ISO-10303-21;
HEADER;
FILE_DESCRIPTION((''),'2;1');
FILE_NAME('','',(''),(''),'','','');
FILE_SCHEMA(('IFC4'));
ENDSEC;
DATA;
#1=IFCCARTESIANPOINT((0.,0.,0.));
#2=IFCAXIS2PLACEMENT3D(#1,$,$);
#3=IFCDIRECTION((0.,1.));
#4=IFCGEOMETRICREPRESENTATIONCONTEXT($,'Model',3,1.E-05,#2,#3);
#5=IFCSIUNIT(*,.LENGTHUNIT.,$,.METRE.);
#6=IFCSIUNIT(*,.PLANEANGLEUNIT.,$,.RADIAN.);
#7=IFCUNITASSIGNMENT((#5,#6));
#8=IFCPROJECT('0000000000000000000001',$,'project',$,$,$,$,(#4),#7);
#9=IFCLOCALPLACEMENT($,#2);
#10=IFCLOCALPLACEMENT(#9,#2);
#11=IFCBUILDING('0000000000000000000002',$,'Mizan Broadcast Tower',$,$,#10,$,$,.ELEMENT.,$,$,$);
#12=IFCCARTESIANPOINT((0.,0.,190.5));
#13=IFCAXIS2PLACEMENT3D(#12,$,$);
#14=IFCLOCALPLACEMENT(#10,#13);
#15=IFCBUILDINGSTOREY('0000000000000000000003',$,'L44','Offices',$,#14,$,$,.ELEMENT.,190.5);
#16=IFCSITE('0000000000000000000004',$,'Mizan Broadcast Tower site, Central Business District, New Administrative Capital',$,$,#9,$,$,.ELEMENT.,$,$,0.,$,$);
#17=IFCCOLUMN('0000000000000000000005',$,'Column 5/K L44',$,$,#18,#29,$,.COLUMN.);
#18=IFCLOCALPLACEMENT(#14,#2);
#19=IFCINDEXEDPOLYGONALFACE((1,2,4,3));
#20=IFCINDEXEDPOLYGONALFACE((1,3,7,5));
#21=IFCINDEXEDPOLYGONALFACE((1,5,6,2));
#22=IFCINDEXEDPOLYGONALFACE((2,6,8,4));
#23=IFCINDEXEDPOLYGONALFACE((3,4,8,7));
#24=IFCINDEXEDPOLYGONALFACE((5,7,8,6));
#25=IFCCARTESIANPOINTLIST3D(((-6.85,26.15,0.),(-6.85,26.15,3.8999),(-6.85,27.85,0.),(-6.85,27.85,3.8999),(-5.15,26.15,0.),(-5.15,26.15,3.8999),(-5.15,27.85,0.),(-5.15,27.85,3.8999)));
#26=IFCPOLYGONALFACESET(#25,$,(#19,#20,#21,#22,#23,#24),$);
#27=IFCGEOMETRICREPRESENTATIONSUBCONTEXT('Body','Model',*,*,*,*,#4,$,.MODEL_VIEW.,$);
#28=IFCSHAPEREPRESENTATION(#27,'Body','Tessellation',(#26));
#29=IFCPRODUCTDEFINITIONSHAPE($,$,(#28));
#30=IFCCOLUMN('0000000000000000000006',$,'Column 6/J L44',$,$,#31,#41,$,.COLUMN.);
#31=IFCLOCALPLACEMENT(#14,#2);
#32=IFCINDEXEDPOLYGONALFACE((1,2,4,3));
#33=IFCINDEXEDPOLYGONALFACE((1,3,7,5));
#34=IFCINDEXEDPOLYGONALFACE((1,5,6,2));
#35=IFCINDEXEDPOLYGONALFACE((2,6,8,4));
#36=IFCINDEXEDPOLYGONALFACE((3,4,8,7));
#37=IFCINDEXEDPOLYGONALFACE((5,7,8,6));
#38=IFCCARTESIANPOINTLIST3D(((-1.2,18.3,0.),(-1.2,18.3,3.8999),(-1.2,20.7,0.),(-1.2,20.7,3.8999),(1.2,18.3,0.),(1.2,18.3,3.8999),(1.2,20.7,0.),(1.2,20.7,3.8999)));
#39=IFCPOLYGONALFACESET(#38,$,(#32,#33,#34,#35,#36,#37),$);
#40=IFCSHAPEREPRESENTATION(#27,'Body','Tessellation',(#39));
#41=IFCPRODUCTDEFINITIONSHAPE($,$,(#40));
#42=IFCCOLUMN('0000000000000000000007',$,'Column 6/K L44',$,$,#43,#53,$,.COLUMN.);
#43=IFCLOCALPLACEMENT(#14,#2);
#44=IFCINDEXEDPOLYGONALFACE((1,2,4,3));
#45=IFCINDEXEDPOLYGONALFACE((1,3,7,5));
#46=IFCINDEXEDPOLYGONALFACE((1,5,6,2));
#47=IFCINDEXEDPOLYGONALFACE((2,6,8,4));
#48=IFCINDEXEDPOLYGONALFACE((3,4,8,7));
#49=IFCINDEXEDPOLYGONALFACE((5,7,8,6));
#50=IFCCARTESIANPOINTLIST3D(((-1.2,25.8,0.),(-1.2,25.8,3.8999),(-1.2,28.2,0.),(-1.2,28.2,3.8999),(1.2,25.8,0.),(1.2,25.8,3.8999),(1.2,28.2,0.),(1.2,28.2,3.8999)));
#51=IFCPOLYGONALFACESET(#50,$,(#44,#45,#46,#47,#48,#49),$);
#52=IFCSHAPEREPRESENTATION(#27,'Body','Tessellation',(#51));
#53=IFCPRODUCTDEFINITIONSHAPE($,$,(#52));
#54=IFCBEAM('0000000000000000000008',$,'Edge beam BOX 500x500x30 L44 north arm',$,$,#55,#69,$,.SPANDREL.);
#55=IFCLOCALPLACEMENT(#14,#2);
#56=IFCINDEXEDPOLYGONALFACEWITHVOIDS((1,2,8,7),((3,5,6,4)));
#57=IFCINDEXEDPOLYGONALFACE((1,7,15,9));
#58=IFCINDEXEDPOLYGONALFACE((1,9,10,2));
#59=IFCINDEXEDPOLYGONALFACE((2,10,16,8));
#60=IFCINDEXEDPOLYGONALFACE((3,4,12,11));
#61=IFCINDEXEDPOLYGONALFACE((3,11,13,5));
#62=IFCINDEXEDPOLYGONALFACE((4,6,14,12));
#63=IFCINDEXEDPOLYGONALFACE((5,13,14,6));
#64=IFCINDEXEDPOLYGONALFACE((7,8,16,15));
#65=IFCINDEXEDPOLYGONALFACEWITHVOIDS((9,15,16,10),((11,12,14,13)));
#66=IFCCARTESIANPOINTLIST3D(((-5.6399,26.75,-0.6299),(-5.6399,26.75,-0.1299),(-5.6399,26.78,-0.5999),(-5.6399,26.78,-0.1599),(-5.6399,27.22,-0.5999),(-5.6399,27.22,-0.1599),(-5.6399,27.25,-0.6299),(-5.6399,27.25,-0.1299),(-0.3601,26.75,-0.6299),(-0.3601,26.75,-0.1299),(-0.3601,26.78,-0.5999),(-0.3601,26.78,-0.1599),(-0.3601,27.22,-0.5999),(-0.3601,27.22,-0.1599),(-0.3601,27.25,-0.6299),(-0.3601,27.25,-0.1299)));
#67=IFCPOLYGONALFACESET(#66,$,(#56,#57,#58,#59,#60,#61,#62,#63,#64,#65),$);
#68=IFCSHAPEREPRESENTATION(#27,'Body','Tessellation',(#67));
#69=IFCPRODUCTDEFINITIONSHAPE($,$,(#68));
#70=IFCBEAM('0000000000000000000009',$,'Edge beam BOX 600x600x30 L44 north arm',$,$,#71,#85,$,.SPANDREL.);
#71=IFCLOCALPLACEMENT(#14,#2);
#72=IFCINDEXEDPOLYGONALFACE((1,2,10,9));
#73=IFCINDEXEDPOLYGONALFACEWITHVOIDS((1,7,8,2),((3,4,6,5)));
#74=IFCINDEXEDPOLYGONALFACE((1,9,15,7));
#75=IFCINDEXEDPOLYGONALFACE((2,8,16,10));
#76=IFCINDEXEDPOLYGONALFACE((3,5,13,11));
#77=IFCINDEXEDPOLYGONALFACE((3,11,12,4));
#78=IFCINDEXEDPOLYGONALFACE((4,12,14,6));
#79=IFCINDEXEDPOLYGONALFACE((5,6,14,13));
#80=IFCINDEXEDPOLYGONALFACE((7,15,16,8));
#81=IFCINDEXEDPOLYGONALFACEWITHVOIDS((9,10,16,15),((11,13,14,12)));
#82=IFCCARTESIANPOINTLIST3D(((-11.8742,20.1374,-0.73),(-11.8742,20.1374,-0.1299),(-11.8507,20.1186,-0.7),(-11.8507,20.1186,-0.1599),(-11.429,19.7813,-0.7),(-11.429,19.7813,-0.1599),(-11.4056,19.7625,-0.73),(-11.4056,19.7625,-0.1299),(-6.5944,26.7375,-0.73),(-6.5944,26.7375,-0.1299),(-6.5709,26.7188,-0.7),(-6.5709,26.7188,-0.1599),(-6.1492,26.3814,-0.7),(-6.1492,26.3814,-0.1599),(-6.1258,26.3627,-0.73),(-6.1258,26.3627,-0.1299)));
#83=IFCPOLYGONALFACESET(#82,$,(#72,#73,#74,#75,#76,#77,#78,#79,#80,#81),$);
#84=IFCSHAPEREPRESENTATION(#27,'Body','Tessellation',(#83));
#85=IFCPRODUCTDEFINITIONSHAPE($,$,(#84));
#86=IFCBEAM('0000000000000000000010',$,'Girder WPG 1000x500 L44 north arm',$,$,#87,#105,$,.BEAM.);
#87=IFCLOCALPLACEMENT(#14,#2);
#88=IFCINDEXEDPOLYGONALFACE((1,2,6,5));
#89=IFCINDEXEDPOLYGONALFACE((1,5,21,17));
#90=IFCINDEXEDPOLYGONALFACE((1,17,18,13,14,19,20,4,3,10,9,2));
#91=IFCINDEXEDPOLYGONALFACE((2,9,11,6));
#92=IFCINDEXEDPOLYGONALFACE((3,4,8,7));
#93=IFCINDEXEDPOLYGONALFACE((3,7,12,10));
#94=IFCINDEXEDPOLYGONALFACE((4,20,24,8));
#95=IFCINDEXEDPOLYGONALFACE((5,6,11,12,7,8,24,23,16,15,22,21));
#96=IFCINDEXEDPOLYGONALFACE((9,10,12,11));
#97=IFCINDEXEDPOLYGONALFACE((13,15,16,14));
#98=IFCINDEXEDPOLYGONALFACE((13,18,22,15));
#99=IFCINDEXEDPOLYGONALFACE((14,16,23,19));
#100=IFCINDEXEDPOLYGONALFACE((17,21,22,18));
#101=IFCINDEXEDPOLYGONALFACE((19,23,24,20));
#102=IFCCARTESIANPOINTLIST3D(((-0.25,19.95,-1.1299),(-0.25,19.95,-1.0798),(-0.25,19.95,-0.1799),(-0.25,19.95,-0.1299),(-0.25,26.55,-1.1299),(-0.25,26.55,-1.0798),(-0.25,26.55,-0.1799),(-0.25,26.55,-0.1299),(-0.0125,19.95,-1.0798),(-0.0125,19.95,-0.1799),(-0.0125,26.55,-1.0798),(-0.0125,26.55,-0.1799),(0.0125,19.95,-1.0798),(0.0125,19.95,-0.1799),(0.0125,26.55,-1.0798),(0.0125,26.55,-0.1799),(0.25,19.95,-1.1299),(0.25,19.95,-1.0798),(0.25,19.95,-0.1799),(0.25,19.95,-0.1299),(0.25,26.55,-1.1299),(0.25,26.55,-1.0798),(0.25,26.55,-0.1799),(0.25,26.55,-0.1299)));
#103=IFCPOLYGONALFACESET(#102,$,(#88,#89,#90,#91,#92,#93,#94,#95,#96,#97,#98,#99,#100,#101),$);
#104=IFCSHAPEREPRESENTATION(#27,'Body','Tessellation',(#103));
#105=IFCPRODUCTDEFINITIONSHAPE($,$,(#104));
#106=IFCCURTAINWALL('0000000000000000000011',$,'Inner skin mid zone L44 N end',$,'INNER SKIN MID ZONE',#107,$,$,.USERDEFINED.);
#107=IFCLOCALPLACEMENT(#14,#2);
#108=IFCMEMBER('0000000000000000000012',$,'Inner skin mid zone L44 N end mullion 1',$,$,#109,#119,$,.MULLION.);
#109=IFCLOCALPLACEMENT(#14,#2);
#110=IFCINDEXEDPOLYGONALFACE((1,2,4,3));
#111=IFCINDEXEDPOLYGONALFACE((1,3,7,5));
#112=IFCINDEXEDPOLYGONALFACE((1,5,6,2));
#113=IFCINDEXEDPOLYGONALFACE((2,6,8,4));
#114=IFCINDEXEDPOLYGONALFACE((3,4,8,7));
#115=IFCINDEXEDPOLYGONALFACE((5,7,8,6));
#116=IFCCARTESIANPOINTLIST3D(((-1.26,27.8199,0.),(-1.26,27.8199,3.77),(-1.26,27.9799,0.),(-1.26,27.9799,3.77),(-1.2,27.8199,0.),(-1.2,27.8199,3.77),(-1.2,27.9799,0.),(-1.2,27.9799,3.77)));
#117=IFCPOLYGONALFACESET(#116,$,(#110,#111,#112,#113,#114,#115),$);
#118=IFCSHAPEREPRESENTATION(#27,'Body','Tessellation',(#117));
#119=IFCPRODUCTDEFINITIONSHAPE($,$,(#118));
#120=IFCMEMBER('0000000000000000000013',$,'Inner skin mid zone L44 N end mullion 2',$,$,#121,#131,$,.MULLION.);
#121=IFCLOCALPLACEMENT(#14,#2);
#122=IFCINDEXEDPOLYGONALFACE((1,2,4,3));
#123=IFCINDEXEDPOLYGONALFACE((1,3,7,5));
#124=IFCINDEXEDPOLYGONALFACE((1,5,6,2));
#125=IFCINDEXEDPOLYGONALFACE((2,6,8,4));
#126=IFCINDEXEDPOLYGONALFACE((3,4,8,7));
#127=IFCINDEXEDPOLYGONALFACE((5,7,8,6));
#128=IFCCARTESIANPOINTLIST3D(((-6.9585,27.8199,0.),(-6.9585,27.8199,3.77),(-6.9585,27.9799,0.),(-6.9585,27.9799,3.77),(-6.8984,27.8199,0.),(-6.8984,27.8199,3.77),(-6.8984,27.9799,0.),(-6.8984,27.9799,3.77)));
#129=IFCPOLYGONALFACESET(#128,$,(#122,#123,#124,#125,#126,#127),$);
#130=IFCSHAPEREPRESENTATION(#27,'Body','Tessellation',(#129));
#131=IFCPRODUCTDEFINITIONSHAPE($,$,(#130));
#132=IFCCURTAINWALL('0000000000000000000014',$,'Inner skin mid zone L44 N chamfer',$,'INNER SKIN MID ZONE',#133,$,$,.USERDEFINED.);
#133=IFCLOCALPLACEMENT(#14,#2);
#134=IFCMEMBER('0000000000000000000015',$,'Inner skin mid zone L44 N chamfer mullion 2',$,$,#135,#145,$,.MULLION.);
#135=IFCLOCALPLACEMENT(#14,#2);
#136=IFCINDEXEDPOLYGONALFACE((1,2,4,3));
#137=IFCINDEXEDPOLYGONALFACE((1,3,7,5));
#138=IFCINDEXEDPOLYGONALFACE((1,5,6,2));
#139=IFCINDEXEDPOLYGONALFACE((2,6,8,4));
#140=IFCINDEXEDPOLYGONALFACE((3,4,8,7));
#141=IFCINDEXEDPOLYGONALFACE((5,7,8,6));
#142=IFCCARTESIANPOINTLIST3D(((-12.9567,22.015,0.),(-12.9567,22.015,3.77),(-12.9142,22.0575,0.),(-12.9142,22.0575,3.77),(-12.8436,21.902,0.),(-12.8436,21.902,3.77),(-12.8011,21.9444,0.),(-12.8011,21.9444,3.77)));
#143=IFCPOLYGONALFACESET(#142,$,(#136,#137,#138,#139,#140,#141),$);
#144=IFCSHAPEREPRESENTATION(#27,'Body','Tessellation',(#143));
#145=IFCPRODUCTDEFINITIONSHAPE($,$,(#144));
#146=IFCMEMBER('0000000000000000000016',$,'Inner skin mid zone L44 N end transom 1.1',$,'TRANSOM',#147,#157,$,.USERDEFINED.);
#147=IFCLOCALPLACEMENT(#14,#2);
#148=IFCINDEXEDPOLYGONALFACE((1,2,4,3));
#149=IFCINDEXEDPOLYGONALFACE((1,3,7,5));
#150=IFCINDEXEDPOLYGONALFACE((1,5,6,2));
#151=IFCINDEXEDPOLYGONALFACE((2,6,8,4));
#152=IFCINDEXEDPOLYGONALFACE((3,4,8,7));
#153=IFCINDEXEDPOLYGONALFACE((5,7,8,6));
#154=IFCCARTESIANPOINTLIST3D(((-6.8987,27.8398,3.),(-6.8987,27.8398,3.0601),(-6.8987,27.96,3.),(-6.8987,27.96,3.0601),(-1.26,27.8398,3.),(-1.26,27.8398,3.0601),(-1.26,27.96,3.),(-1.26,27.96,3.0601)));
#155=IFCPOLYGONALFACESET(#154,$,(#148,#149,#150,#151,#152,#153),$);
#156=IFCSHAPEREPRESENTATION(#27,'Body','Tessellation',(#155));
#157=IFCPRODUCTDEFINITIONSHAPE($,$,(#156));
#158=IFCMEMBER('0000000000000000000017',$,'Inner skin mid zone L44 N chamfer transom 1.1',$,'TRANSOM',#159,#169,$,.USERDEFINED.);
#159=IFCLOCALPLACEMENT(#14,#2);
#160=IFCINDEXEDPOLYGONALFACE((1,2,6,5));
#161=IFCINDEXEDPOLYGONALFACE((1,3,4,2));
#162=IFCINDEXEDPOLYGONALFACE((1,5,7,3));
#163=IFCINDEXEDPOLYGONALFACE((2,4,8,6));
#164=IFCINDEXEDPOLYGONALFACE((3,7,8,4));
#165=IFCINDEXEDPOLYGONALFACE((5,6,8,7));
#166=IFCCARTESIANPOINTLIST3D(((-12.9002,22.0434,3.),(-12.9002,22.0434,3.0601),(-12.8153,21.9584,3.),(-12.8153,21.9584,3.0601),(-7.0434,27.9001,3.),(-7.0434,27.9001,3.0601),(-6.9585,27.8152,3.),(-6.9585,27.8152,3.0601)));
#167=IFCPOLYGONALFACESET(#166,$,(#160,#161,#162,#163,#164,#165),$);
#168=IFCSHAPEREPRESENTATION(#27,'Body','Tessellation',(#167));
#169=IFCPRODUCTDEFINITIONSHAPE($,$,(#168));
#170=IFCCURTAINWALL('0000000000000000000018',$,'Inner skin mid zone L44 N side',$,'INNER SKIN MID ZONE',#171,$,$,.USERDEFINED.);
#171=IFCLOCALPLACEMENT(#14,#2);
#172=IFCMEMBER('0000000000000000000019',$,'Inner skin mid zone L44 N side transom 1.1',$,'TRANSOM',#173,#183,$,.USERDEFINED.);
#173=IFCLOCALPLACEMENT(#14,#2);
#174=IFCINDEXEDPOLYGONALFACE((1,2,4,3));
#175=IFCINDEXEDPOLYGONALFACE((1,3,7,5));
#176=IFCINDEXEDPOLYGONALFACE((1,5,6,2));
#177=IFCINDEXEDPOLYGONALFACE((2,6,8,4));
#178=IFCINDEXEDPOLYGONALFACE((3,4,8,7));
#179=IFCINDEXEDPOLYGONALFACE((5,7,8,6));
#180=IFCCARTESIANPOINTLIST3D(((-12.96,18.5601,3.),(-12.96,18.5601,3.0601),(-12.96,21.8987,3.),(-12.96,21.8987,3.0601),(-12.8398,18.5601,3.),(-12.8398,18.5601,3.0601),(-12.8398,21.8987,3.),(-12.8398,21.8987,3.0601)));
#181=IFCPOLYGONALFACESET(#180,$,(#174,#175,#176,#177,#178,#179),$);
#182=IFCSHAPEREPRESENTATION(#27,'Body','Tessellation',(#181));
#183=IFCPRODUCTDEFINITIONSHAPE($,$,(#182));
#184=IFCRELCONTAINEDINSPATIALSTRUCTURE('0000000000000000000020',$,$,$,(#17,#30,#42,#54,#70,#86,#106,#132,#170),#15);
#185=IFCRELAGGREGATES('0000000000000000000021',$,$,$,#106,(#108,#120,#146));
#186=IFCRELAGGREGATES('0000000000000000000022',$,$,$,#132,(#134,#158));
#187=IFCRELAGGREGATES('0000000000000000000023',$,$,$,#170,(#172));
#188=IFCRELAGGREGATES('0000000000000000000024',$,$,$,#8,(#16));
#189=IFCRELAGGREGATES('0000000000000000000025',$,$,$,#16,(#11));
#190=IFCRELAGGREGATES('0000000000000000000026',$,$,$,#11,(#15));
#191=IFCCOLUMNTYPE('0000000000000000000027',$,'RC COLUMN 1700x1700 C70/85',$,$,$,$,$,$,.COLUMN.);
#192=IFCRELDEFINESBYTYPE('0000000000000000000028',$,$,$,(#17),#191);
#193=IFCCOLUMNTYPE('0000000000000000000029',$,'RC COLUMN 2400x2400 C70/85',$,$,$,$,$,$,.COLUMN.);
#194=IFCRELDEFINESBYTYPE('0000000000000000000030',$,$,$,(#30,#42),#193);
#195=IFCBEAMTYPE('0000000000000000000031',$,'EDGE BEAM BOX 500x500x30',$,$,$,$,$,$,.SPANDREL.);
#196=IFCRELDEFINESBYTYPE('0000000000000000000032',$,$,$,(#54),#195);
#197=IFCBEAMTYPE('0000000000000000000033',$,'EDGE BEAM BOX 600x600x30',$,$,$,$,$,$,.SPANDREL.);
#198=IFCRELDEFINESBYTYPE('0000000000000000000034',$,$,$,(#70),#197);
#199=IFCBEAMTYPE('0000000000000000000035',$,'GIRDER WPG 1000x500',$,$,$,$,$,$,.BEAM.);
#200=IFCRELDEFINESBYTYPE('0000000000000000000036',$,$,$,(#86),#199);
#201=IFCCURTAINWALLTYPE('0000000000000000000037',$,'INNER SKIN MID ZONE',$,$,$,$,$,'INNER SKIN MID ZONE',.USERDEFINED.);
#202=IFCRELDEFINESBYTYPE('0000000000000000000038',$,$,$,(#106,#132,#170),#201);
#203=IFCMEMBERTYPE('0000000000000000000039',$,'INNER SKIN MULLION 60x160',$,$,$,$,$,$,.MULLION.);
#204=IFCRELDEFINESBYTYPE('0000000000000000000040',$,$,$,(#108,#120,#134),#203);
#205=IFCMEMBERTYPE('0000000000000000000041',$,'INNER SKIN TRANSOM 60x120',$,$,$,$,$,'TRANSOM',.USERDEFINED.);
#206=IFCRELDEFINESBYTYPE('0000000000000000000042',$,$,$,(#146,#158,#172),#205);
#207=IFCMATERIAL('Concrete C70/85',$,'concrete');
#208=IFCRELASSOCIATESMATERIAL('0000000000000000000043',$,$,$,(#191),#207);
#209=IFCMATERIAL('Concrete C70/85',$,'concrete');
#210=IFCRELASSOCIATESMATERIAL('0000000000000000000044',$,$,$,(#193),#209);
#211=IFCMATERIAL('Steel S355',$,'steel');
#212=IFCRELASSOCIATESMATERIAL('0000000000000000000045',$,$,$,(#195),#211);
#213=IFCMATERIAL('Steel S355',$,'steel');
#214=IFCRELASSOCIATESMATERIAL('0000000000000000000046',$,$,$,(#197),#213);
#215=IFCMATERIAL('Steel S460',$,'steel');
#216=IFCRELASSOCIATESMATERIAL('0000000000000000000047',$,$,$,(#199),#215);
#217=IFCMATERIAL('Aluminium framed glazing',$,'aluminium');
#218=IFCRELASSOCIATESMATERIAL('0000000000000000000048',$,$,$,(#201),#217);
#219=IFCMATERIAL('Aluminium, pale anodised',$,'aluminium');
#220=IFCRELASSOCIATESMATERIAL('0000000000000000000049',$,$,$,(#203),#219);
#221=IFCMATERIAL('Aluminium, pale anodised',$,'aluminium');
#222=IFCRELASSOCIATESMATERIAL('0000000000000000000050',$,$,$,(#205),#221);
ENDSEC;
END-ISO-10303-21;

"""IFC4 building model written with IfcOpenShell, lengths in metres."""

from ifc_helpers import new_model, si_unit, direction, frame, origin, origin_2d, place, context, subcontext, project, spatial, rectangle, hollow_rectangle, i_section, extrude, material, material_profile, profile_set, type_object, element, aggregate, save


model = new_model("IFC4")

# Units and contexts
model_context = context("Model", 3, precision=1e-05, world=origin(), true_north=direction((0.0, 1.0)))
body_context = subcontext(model_context, "Body", "Model", "MODEL_VIEW")
ifc_project = project(units=[si_unit("LENGTHUNIT", "METRE"), si_unit("PLANEANGLEUNIT", "RADIAN")], contexts=[model_context])

# Site, building, storey
site_placement = place(None, origin())
site = spatial("IfcSite", under=ifc_project, at=site_placement, Name="Mizan Broadcast Tower site, Central Business District, New Administrative Capital", CompositionType="ELEMENT", RefElevation=0.0)
building_placement = place(site_placement, origin())
building = spatial("IfcBuilding", under=site, at=building_placement, Name="Mizan Broadcast Tower", CompositionType="ELEMENT")
storey_placement = place(building_placement, frame((0.0, 0.0, 190.5)))
storey = spatial("IfcBuildingStorey", under=building, at=storey_placement, Name="L44", Description="Offices", CompositionType="ELEMENT", Elevation=190.5)

# Columns
ifc_material_1 = material(Name="Concrete C70/85", Category="concrete")
ifc_material_profile_1 = material_profile(ifc_material_1, rectangle(XDim=1.7, YDim=1.7, at=origin_2d()), Name="RC 1700x1700")
ifc_profile_set_1 = profile_set([ifc_material_profile_1], Name="Concrete C70/85")
column_type_1 = type_object("IfcColumnType", Name="RC COLUMN 1700x1700 C70/85", PredefinedType="COLUMN", material=ifc_profile_set_1)
column_placement = place(storey_placement, frame((-6.0, 27.0, 0.0), z_axis=(0.0, 0.0, 1.0), x_axis=(1.0, 0.0, 0.0)))
element("IfcColumn", 1, at=column_placement, inside=storey, type_object=column_type_1, Name="Column 5/K L44", PredefinedType="COLUMN", context=body_context, shape_type="SweptSolid", body=[
    extrude(rectangle(XDim=1.7, YDim=1.7, at=origin_2d()), origin(), (0.0, 0.0, 1.0), 3.8999),
])
ifc_material_2 = material(Name="Concrete C70/85", Category="concrete")
ifc_material_profile_2 = material_profile(ifc_material_2, rectangle(XDim=2.3999, YDim=2.3999, at=origin_2d()), Name="RC 2400x2400")
ifc_profile_set_2 = profile_set([ifc_material_profile_2], Name="Concrete C70/85")
column_type_2 = type_object("IfcColumnType", Name="RC COLUMN 2400x2400 C70/85", PredefinedType="COLUMN", material=ifc_profile_set_2)
for number, where, z_axis, x_axis, name in (
    (2, (0.0, 19.5, 0.0), (0.0, 0.0, 1.0), (1.0, 0.0, 0.0), "Column 6/J L44"),
    (3, (0.0, 27.0, 0.0), (0.0, 0.0, 1.0), (1.0, 0.0, 0.0), "Column 6/K L44"),
):
    element("IfcColumn", number, at=place(storey_placement, frame(where, z_axis=z_axis, x_axis=x_axis)), inside=storey, type_object=column_type_2, Name=name, PredefinedType="COLUMN", context=body_context, shape_type="SweptSolid", body=[
        extrude(rectangle(XDim=2.3999, YDim=2.3999, at=origin_2d()), origin(), (0.0, 0.0, 1.0), 3.8999),
    ])

# Beams
ifc_material_3 = material(Name="Steel S355", Category="steel")
ifc_material_profile_3 = material_profile(ifc_material_3, hollow_rectangle(XDim=0.5, YDim=0.5, WallThickness=0.03, at=origin_2d()), Name="BOX 500x500x30")
ifc_profile_set_3 = profile_set([ifc_material_profile_3], Name="Steel S355")
beam_type_1 = type_object("IfcBeamType", Name="EDGE BEAM BOX 500x500x30", PredefinedType="SPANDREL", material=ifc_profile_set_3)
beam_1_placement = place(storey_placement, frame((-5.6399, 27.0, -0.3799), z_axis=(1.0, 0.0, 0.0), x_axis=(0.0, 1.0, 0.0)))
element("IfcBeam", 4, at=beam_1_placement, inside=storey, type_object=beam_type_1, Name="Edge beam BOX 500x500x30 L44 north arm", PredefinedType="SPANDREL", context=body_context, shape_type="SweptSolid", body=[
    extrude(hollow_rectangle(XDim=0.5, YDim=0.5, WallThickness=0.03, at=origin_2d()), origin(), (0.0, 0.0, 1.0), 5.2798),
])
ifc_material_4 = material(Name="Steel S355", Category="steel")
ifc_material_profile_4 = material_profile(ifc_material_4, hollow_rectangle(XDim=0.6001, YDim=0.6001, WallThickness=0.03, at=origin_2d()), Name="BOX 600x600x30")
ifc_profile_set_4 = profile_set([ifc_material_profile_4], Name="Steel S355")
beam_type_2 = type_object("IfcBeamType", Name="EDGE BEAM BOX 600x600x30", PredefinedType="SPANDREL", material=ifc_profile_set_4)
beam_2_placement = place(storey_placement, frame((-11.6399, 19.95, -0.4299), z_axis=(0.624674, 0.780886, 0.0), x_axis=(-0.780886, 0.624674, 0.0)))
element("IfcBeam", 5, at=beam_2_placement, inside=storey, type_object=beam_type_2, Name="Edge beam BOX 600x600x30 L44 north arm", PredefinedType="SPANDREL", context=body_context, shape_type="SweptSolid", body=[
    extrude(hollow_rectangle(XDim=0.6001, YDim=0.6001, WallThickness=0.03, at=origin_2d()), origin(), (0.0, 0.0, 1.0), 8.4521),
])
ifc_material_5 = material(Name="Steel S460", Category="steel")
ifc_material_profile_5 = material_profile(ifc_material_5, i_section(OverallWidth=0.5, OverallDepth=1.0, WebThickness=0.0249, FlangeThickness=0.05, at=origin_2d()), Name="WPG 1000x500")
ifc_profile_set_5 = profile_set([ifc_material_profile_5], Name="Steel S460")
beam_type_3 = type_object("IfcBeamType", Name="GIRDER WPG 1000x500", PredefinedType="BEAM", material=ifc_profile_set_5)
beam_3_placement = place(storey_placement, frame((0.0, 19.95, -0.6299), z_axis=(0.0, 1.0, 0.0), x_axis=(-1.0, 0.0, 0.0)))
element("IfcBeam", 6, at=beam_3_placement, inside=storey, type_object=beam_type_3, Name="Girder WPG 1000x500 L44 north arm", PredefinedType="BEAM", context=body_context, shape_type="SweptSolid", body=[
    extrude(i_section(OverallWidth=0.5, OverallDepth=1.0, WebThickness=0.0249, FlangeThickness=0.05, at=origin_2d()), origin(), (0.0, 0.0, 1.0), 6.6001),
])

# Curtain wall, members
ifc_material_6 = material(Name="Aluminium framed glazing", Category="aluminium")
curtain_wall_type_1 = type_object("IfcCurtainWallType", Name="INNER SKIN MID ZONE", ElementType="INNER SKIN MID ZONE", PredefinedType="USERDEFINED", material=ifc_material_6)
curtain_wall_1_placement = place(storey_placement, origin())
curtain_wall_1 = element("IfcCurtainWall", 7, at=curtain_wall_1_placement, inside=storey, type_object=curtain_wall_type_1, Name="Inner skin mid zone L44 N end", ObjectType="INNER SKIN MID ZONE", PredefinedType="USERDEFINED")
ifc_material_7 = material(Name="Aluminium, pale anodised", Category="aluminium")
ifc_material_profile_6 = material_profile(ifc_material_7, rectangle(XDim=0.1599, YDim=0.0601, at=origin_2d()), Name="MULLION 160x60")
ifc_profile_set_6 = profile_set([ifc_material_profile_6], Name="Aluminium, pale anodised")
member_type_1 = type_object("IfcMemberType", Name="INNER SKIN MULLION 60x160", PredefinedType="MULLION", material=ifc_profile_set_6)
member_1_placement = place(storey_placement, frame((-1.23, 27.8999, 0.0), z_axis=(0.0, 0.0, 1.0), x_axis=(0.0, -1.0, 0.0)))
member_1 = element("IfcMember", 8, at=member_1_placement, type_object=member_type_1, Name="Inner skin mid zone L44 N end mullion 1", PredefinedType="MULLION", context=body_context, shape_type="SweptSolid", body=[
    extrude(rectangle(XDim=0.1599, YDim=0.0601, at=origin_2d()), origin(), (0.0, 0.0, 1.0), 3.77),
])
member_2_placement = place(storey_placement, frame((-6.9285, 27.8999, 0.0), z_axis=(0.0, 0.0, 1.0), x_axis=(0.0, -1.0, 0.0)))
member_2 = element("IfcMember", 9, at=member_2_placement, type_object=member_type_1, Name="Inner skin mid zone L44 N end mullion 2", PredefinedType="MULLION", context=body_context, shape_type="SweptSolid", body=[
    extrude(rectangle(XDim=0.1599, YDim=0.0601, at=origin_2d()), origin(), (0.0, 0.0, 1.0), 3.77),
])

# Curtain wall, member
curtain_wall_2_placement = place(storey_placement, origin())
curtain_wall_2 = element("IfcCurtainWall", 10, at=curtain_wall_2_placement, inside=storey, type_object=curtain_wall_type_1, Name="Inner skin mid zone L44 N chamfer", ObjectType="INNER SKIN MID ZONE", PredefinedType="USERDEFINED")
member_3_placement = place(storey_placement, frame((-12.8789, 21.9797, 0.0), z_axis=(0.0, 0.0, 1.0), x_axis=(0.707107, -0.707107, 0.0)))
member_3 = element("IfcMember", 11, at=member_3_placement, type_object=member_type_1, Name="Inner skin mid zone L44 N chamfer mullion 2", PredefinedType="MULLION", context=body_context, shape_type="SweptSolid", body=[
    extrude(rectangle(XDim=0.1599, YDim=0.0601, at=origin_2d()), origin(), (0.0, 0.0, 1.0), 3.77),
])

# Members
ifc_material_8 = material(Name="Aluminium, pale anodised", Category="aluminium")
ifc_material_profile_7 = material_profile(ifc_material_8, rectangle(XDim=0.1201, YDim=0.0601, at=origin_2d()), Name="TRANSOM 120x60")
ifc_profile_set_7 = profile_set([ifc_material_profile_7], Name="Aluminium, pale anodised")
member_type_2 = type_object("IfcMemberType", Name="INNER SKIN TRANSOM 60x120", ElementType="TRANSOM", PredefinedType="USERDEFINED", material=ifc_profile_set_7)
member_4_placement = place(storey_placement, frame((-1.26, 27.8999, 3.03), z_axis=(-1.0, 0.0, 0.0), x_axis=(0.0, -1.0, 0.0)))
member_4 = element("IfcMember", 12, at=member_4_placement, type_object=member_type_2, Name="Inner skin mid zone L44 N end transom 1.1", ObjectType="TRANSOM", PredefinedType="USERDEFINED", context=body_context, shape_type="SweptSolid", body=[
    extrude(rectangle(XDim=0.1201, YDim=0.0601, at=origin_2d()), origin(), (0.0, 0.0, 1.0), 5.6387),
])
member_5_placement = place(storey_placement, frame((-7.001, 27.8577, 3.03), z_axis=(-0.707107, -0.707107, 0.0), x_axis=(0.707107, -0.707107, 0.0)))
member_5 = element("IfcMember", 13, at=member_5_placement, type_object=member_type_2, Name="Inner skin mid zone L44 N chamfer transom 1.1", ObjectType="TRANSOM", PredefinedType="USERDEFINED", context=body_context, shape_type="SweptSolid", body=[
    extrude(rectangle(XDim=0.1201, YDim=0.0601, at=origin_2d()), origin(), (0.0, 0.0, 1.0), 8.2827),
])

# Curtain wall, member
curtain_wall_3_placement = place(storey_placement, origin())
curtain_wall_3 = element("IfcCurtainWall", 14, at=curtain_wall_3_placement, inside=storey, type_object=curtain_wall_type_1, Name="Inner skin mid zone L44 N side", ObjectType="INNER SKIN MID ZONE", PredefinedType="USERDEFINED")
member_6_placement = place(storey_placement, frame((-12.8999, 21.8987, 3.03), z_axis=(0.0, -1.0, 0.0), x_axis=(1.0, 0.0, 0.0)))
member_6 = element("IfcMember", 15, at=member_6_placement, type_object=member_type_2, Name="Inner skin mid zone L44 N side transom 1.1", ObjectType="TRANSOM", PredefinedType="USERDEFINED", context=body_context, shape_type="SweptSolid", body=[
    extrude(rectangle(XDim=0.1201, YDim=0.0601, at=origin_2d()), origin(), (0.0, 0.0, 1.0), 3.3386),
])

aggregate(curtain_wall_1, [member_1, member_2, member_4])
aggregate(curtain_wall_2, [member_3, member_5])
aggregate(curtain_wall_3, [member_6])

save(model, "model.ifc")
